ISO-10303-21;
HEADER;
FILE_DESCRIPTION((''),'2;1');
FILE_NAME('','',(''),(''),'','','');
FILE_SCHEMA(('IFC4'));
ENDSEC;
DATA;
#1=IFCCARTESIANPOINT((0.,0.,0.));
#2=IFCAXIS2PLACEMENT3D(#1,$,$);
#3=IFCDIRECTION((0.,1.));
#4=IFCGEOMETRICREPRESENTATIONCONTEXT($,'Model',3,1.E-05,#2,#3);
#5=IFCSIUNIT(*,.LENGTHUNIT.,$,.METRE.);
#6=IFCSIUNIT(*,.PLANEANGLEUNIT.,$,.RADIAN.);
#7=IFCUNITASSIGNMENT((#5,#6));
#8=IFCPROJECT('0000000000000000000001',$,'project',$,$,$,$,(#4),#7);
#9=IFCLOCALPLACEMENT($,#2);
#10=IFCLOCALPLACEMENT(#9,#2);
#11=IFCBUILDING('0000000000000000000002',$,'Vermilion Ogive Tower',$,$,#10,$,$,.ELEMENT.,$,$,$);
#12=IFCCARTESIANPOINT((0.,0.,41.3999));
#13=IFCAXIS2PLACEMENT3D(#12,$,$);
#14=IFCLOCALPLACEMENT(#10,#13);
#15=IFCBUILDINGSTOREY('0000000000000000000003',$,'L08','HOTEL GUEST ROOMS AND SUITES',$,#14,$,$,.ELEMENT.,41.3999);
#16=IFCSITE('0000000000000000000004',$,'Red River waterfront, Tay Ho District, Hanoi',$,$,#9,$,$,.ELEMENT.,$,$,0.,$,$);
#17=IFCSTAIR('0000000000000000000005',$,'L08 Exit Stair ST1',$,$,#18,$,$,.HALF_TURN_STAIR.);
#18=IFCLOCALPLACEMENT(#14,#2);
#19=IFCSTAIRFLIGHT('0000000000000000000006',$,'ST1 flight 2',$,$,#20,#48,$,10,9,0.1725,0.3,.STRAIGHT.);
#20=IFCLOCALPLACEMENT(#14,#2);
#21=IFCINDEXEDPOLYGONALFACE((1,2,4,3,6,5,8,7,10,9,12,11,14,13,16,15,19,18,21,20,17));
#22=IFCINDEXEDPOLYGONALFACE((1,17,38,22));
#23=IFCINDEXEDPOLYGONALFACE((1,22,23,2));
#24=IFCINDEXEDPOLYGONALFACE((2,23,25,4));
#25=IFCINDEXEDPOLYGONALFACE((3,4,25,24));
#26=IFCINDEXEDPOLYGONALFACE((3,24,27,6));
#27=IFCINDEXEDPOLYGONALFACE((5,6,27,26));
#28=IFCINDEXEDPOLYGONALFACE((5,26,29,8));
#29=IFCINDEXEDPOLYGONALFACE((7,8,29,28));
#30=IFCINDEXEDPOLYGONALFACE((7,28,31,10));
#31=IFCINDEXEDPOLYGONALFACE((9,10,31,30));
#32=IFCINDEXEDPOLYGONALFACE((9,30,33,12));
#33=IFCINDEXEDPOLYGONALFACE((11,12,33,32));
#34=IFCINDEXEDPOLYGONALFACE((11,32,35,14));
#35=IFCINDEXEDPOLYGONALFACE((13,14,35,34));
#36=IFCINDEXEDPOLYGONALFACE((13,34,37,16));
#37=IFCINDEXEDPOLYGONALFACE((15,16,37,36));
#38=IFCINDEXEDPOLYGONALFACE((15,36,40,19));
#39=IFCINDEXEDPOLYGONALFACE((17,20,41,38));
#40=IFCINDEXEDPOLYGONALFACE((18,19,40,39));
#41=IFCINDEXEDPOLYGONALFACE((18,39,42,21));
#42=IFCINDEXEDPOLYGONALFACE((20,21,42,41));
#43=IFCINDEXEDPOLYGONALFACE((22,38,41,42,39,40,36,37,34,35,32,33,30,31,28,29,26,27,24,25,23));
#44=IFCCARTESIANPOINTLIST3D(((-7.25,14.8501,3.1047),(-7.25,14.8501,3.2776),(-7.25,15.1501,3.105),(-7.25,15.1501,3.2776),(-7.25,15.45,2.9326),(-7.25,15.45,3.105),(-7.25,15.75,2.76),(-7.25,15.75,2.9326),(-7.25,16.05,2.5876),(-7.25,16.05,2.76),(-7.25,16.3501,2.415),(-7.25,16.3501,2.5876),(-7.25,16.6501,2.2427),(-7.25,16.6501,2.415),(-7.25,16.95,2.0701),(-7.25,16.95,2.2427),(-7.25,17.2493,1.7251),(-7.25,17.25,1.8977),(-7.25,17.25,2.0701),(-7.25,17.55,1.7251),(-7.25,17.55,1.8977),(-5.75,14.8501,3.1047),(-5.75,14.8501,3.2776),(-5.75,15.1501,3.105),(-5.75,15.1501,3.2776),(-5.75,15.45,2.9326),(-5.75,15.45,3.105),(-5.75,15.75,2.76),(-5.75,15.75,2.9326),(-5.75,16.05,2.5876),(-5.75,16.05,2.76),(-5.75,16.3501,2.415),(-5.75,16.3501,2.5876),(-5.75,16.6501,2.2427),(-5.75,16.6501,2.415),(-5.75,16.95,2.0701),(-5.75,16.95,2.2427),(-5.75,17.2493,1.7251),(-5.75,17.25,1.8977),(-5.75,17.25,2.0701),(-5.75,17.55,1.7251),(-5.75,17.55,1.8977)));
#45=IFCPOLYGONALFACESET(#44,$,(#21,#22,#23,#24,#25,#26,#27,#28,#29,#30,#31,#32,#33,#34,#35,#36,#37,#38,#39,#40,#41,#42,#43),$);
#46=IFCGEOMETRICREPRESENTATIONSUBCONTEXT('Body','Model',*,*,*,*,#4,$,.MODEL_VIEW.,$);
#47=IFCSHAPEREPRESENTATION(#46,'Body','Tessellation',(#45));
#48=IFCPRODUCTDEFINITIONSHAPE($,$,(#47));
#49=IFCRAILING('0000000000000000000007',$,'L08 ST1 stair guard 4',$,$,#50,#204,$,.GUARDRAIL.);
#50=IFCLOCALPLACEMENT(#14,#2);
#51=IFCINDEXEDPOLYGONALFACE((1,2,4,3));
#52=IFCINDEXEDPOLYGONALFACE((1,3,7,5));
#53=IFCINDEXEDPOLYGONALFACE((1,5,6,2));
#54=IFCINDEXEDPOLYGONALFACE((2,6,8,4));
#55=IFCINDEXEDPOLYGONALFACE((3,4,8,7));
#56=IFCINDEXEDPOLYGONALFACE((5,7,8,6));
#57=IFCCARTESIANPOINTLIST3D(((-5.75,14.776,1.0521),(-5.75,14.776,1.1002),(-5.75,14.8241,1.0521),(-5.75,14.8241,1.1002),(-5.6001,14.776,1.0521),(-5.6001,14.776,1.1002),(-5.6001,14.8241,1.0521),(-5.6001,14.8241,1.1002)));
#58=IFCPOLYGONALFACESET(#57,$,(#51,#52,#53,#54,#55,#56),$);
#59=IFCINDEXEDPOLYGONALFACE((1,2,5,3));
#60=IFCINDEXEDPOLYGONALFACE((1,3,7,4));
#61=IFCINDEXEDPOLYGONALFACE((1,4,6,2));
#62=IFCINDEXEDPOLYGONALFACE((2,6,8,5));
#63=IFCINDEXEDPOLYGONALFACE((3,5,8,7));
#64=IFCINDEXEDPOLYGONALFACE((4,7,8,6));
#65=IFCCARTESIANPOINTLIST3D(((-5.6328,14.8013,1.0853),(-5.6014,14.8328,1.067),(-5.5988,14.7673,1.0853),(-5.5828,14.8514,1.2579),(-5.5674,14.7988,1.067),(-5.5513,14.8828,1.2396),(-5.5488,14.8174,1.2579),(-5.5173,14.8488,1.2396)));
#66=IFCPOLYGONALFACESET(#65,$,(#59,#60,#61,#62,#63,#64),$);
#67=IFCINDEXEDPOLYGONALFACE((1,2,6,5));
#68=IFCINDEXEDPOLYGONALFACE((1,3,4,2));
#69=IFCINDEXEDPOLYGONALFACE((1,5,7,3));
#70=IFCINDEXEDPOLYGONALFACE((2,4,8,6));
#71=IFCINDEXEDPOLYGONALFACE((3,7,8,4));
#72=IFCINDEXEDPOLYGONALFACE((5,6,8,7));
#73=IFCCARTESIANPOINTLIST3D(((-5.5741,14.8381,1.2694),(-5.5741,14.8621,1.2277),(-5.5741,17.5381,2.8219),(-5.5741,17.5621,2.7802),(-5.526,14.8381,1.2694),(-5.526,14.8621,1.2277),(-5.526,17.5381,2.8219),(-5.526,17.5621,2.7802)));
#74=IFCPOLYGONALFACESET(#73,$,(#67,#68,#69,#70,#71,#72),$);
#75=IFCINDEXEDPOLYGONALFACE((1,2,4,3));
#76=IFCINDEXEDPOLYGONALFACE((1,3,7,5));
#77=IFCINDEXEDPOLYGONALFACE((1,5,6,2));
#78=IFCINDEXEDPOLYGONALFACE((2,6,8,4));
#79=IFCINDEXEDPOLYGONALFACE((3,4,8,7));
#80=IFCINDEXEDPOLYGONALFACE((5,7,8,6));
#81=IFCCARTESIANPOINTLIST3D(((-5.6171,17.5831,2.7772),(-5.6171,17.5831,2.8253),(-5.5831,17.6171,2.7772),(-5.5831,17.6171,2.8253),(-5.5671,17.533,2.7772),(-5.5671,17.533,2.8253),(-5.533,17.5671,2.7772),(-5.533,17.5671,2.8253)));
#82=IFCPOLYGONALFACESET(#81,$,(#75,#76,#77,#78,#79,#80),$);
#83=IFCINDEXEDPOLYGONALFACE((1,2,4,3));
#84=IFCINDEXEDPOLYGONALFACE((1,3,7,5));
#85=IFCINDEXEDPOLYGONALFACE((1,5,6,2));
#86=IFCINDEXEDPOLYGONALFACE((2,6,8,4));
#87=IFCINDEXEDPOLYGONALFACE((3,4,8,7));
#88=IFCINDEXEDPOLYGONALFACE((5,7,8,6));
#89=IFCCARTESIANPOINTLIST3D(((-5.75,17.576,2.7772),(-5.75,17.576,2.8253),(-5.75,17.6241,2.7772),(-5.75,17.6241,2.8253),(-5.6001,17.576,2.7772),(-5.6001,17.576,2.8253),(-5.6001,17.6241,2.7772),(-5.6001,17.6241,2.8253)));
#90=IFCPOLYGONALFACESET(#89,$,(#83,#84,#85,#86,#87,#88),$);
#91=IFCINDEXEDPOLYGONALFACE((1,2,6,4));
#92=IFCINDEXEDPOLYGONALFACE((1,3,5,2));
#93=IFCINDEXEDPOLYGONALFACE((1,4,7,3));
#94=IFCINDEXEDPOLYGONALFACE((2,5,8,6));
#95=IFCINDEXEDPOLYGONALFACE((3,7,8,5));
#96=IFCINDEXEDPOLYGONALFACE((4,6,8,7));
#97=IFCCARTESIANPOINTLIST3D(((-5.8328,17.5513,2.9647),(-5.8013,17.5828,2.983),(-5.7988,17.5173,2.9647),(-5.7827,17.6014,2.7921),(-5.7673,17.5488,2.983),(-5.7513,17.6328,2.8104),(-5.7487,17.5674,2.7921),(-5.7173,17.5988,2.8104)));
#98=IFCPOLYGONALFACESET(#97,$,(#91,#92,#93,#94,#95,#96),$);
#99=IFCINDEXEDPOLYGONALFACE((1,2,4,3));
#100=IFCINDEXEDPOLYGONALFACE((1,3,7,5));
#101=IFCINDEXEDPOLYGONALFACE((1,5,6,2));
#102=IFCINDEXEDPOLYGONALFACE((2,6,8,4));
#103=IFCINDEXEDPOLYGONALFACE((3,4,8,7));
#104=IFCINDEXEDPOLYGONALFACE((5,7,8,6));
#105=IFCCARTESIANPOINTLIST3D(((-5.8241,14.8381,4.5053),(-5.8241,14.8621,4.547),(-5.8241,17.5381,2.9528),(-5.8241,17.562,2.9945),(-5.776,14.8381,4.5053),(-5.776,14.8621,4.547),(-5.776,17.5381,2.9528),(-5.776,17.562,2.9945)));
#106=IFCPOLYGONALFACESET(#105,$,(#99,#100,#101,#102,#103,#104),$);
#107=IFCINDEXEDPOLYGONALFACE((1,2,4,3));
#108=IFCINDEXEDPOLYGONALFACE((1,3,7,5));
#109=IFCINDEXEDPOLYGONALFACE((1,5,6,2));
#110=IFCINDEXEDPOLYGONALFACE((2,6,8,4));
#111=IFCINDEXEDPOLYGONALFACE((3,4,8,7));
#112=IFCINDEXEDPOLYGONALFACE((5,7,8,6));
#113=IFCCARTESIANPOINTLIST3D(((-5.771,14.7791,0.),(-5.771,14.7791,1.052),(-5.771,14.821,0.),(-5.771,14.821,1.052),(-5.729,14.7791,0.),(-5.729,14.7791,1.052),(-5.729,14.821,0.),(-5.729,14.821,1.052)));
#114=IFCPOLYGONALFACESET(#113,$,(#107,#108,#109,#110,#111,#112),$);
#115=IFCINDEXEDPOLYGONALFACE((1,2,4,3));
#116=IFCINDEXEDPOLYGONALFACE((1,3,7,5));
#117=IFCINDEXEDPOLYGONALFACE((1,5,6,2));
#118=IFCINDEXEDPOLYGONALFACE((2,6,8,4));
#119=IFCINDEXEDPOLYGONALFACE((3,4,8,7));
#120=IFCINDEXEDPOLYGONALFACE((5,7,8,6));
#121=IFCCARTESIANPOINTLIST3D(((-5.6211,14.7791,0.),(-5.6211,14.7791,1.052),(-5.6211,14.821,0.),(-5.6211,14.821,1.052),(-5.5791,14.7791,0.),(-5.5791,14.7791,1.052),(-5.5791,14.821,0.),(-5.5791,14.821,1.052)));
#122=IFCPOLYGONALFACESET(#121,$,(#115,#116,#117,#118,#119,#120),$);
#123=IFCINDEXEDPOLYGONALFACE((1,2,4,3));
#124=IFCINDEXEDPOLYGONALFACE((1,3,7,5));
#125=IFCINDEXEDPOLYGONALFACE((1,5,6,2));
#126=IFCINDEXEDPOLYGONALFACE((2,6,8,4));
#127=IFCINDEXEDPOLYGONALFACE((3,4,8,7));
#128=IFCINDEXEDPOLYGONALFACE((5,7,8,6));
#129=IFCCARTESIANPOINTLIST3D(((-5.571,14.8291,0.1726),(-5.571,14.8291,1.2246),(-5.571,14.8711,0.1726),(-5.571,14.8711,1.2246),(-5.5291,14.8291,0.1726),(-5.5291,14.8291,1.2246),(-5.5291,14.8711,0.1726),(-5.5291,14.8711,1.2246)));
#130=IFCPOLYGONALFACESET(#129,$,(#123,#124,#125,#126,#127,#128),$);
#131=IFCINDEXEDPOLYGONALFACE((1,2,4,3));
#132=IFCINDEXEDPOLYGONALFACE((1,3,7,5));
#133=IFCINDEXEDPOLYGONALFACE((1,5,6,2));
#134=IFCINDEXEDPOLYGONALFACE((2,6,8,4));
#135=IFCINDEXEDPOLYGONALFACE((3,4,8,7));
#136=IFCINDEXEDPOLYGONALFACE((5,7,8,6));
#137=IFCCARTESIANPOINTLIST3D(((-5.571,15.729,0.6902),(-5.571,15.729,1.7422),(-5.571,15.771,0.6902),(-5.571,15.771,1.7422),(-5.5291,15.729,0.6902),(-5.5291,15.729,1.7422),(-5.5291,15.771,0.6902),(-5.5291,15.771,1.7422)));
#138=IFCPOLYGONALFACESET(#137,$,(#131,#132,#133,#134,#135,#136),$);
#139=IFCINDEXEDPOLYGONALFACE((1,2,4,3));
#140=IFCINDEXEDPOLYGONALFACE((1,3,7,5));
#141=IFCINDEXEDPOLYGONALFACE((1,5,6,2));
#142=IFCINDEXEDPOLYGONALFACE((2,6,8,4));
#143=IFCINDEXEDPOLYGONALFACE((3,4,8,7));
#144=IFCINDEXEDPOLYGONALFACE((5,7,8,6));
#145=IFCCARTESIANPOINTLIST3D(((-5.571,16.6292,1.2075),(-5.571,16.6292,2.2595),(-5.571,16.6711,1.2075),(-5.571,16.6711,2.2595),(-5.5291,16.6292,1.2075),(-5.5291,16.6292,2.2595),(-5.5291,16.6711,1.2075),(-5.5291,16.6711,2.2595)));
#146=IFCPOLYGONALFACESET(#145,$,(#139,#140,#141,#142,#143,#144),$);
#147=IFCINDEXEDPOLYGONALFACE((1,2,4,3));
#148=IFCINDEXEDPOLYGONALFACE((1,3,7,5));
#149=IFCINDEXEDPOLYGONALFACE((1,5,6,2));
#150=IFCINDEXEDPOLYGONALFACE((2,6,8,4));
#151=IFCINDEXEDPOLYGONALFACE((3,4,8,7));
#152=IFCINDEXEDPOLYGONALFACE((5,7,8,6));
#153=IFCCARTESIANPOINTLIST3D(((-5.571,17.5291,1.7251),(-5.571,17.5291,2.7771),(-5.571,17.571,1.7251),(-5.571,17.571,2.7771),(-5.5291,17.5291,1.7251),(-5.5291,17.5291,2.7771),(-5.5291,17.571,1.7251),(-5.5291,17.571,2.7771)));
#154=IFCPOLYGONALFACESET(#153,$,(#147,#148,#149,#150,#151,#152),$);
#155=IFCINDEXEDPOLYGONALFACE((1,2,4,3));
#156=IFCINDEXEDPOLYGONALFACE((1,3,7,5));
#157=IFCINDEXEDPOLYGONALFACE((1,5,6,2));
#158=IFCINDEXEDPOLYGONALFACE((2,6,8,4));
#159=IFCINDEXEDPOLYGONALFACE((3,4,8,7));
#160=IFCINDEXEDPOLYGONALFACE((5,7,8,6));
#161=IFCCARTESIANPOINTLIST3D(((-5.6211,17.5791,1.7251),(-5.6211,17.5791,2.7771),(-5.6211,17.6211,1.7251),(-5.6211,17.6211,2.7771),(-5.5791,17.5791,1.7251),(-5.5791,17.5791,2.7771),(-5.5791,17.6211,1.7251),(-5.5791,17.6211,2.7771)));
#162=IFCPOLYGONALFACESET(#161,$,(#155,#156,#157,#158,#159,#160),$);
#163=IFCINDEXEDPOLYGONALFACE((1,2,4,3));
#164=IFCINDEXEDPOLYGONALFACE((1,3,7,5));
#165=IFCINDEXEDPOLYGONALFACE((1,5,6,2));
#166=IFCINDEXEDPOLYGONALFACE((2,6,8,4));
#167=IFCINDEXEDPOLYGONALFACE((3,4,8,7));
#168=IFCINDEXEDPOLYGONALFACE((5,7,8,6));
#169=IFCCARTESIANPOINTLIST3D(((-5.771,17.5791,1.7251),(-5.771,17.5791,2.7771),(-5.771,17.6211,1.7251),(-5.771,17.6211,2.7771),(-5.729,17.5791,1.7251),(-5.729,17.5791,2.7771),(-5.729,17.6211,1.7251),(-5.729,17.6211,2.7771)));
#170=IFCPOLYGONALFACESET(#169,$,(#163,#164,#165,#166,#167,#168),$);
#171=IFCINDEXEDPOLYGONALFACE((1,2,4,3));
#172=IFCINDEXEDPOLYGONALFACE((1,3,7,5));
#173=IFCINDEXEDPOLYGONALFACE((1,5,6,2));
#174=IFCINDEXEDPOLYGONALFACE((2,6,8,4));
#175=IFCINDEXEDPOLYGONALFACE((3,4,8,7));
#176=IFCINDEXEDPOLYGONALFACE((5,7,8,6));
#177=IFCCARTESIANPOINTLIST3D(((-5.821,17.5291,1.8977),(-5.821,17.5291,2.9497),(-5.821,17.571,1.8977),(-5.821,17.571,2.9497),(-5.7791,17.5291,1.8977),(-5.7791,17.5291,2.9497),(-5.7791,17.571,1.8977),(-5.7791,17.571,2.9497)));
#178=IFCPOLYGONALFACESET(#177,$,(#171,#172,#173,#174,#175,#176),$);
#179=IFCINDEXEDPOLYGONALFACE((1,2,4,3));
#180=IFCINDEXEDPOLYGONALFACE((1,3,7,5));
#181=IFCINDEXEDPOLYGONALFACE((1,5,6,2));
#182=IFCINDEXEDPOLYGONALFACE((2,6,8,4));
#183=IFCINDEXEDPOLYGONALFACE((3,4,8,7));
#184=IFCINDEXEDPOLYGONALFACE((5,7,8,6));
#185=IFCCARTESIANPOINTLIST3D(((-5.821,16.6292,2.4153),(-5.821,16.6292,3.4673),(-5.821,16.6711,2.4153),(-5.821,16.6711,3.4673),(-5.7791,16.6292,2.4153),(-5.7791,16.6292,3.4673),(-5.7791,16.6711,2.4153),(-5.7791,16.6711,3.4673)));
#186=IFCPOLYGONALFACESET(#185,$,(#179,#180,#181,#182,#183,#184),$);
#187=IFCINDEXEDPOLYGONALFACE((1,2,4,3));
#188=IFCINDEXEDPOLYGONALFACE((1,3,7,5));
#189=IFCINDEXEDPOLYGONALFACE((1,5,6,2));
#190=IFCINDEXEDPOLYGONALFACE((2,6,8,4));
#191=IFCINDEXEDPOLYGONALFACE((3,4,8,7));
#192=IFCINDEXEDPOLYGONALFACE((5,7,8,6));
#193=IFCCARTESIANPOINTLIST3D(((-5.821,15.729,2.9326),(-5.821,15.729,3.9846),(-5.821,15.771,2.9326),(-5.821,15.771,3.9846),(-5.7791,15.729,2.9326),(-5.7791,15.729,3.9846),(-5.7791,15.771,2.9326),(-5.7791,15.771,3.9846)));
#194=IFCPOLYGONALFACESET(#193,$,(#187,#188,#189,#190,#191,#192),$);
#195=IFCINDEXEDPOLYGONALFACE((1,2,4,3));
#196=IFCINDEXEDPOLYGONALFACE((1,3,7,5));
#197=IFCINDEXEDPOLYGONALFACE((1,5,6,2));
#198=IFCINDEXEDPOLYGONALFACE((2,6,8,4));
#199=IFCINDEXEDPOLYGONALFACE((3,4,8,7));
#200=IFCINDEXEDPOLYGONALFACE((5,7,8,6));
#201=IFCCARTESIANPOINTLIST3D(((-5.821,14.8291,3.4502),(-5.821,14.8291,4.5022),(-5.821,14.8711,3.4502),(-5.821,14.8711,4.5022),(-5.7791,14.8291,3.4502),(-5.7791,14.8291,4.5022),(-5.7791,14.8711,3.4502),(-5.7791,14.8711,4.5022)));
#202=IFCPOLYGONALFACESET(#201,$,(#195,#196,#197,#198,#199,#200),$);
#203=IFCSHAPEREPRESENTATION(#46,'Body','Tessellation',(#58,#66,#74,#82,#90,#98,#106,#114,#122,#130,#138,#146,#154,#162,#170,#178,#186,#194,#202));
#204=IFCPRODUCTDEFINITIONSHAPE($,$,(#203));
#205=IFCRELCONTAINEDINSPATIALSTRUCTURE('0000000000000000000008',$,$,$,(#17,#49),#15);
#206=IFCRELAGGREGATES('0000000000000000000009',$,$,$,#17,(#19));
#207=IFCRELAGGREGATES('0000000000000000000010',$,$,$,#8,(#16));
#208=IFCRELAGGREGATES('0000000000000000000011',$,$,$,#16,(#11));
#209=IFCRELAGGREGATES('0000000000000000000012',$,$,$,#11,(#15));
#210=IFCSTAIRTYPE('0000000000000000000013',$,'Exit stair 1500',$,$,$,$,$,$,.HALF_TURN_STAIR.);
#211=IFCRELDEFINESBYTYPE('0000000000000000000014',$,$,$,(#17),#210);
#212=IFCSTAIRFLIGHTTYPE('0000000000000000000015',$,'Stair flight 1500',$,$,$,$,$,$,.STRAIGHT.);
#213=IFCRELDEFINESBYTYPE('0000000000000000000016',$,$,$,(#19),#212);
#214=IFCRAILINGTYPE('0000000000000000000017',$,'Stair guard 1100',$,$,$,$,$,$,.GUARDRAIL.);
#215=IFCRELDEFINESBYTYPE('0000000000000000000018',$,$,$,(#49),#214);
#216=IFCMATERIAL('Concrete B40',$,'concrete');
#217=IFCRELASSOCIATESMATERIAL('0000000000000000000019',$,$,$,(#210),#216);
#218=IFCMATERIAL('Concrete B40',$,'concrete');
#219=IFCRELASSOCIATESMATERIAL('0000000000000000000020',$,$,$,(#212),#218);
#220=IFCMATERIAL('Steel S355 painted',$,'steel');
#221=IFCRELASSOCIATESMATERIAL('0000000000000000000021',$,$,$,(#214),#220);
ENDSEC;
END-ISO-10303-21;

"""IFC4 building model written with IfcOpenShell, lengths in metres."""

from ifc_helpers import new_model, si_unit, direction, frame, origin, origin_2d, place, context, subcontext, project, spatial, polyline, rectangle, outline, extrude, material, type_object, element, aggregate, save


model = new_model("IFC4")

# Units and contexts
model_context = context("Model", 3, precision=1e-05, world=origin(), true_north=direction((0.0, 1.0)))
body_context = subcontext(model_context, "Body", "Model", "MODEL_VIEW")
ifc_project = project(units=[si_unit("LENGTHUNIT", "METRE"), si_unit("PLANEANGLEUNIT", "RADIAN")], contexts=[model_context])

# Site, building, storey
site_placement = place(None, origin())
site = spatial("IfcSite", under=ifc_project, at=site_placement, Name="Red River waterfront, Tay Ho District, Hanoi", CompositionType="ELEMENT", RefElevation=0.0)
building_placement = place(site_placement, origin())
building = spatial("IfcBuilding", under=site, at=building_placement, Name="Vermilion Ogive Tower", CompositionType="ELEMENT")
storey_placement = place(building_placement, frame((0.0, 0.0, 41.3999)))
storey = spatial("IfcBuildingStorey", under=building, at=storey_placement, Name="L08", Description="HOTEL GUEST ROOMS AND SUITES", CompositionType="ELEMENT", Elevation=41.3999)

# Stair, stair flight
ifc_material_1 = material(Name="Concrete B40", Category="concrete")
stair_type = type_object("IfcStairType", Name="Exit stair 1500", PredefinedType="HALF_TURN_STAIR", material=ifc_material_1)
stair_placement = place(storey_placement, origin())
stair = element("IfcStair", 1, at=stair_placement, inside=storey, type_object=stair_type, Name="L08 Exit Stair ST1", PredefinedType="HALF_TURN_STAIR")
ifc_material_2 = material(Name="Concrete B40", Category="concrete")
stair_flight_type = type_object("IfcStairFlightType", Name="Stair flight 1500", PredefinedType="STRAIGHT", material=ifc_material_2)
stair_flight_1_placement = place(storey_placement, frame((-6.5, 17.55, 1.7251), z_axis=(0.0, 0.0, 1.0), x_axis=(0.0, -1.0, 0.0)))
stair_flight_1 = element("IfcStairFlight", 2, at=stair_flight_1_placement, type_object=stair_flight_type, Name="ST1 flight 2", NumberOfRisers=10, NumberOfTreads=9, PredefinedType="STRAIGHT", RiserHeight=0.1725, TreadLength=0.3, context=body_context, shape_type="SweptSolid", body=[
    extrude(outline(polyline([(0.0, 0.0), (0.0, 0.1726), (0.3, 0.1726), (0.3, 0.345), (0.6001, 0.345), (0.6001, 0.5176), (0.8999, 0.5176), (0.8999, 0.6899), (1.2, 0.6899), (1.2, 0.8625), (1.5, 0.8625), (1.5, 1.0349), (1.8, 1.0349), (1.8, 1.2075), (2.1001, 1.2075), (2.1001, 1.3799), (2.3999, 1.3799), (2.3999, 1.5525), (2.7, 1.5525), (2.7, 1.7251), (2.7, 1.3796), (0.3008, 0.0), (0.0, 0.0)])), frame((0.0, 0.75, 0.0), z_axis=(0.0, -1.0, 0.0), x_axis=(1.0, 0.0, 0.0)), (0.0, 0.0, 1.0), 1.5),
])
aggregate(stair, [stair_flight_1])

# Railing
ifc_material_3 = material(Name="Steel S355 painted", Category="steel")
railing_type_1 = type_object("IfcRailingType", Name="Stair guard 1100", PredefinedType="GUARDRAIL", material=ifc_material_3)
railing_1_placement = place(storey_placement, frame((-5.75, 14.8, 0.0)))
element("IfcRailing", 3, at=railing_1_placement, inside=storey, type_object=railing_type_1, Name="L08 ST1 stair guard 4", PredefinedType="GUARDRAIL", context=body_context, shape_type="SweptSolid", body=[
    extrude(rectangle(XDim=0.0481, YDim=0.0481, at=origin_2d()), frame((0.0, 0.0, 1.0762), z_axis=(1.0, 0.0, 0.0), x_axis=(0.0, 1.0, 0.0)), (0.0, 0.0, 1.0), 0.1499),
    extrude(rectangle(XDim=0.0481, YDim=0.0481, at=origin_2d()), frame((0.1499, 0.0, 1.0762), z_axis=(0.268278, 0.268278, 0.925232), x_axis=(-0.707107, 0.707107, 0.0)), (0.0, 0.0, 1.0), 0.1865),
    extrude(rectangle(XDim=0.0481, YDim=0.0481, at=origin_2d()), frame((0.2, 0.05, 1.2485), z_axis=(0.0, 0.866904, 0.498476), x_axis=(-1.0, 0.0, 0.0)), (0.0, 0.0, 1.0), 3.1145),
    extrude(rectangle(XDim=0.0481, YDim=0.0481, at=origin_2d()), frame((0.2, 2.75, 2.8013), z_axis=(-0.707107, 0.707107, 0.0), x_axis=(-0.707107, -0.707107, 0.0)), (0.0, 0.0, 1.0), 0.0708),
    extrude(rectangle(XDim=0.0481, YDim=0.0481, at=origin_2d()), frame((0.1499, 2.8, 2.8013), z_axis=(-1.0, 0.0, 0.0), x_axis=(0.0, -1.0, 0.0)), (0.0, 0.0, 1.0), 0.1499),
    extrude(rectangle(XDim=0.0481, YDim=0.0481, at=origin_2d()), frame((0.0, 2.8, 2.8013), z_axis=(-0.268278, -0.268278, 0.925232), x_axis=(0.707107, -0.707107, 0.0)), (0.0, 0.0, 1.0), 0.1865),
    extrude(rectangle(XDim=0.0481, YDim=0.0481, at=origin_2d()), frame((-0.05, 2.75, 2.9736), z_axis=(0.0, -0.866904, 0.498476), x_axis=(1.0, 0.0, 0.0)), (0.0, 0.0, 1.0), 3.1145),
    extrude(rectangle(XDim=0.042, YDim=0.042, at=origin_2d()), origin(), (0.0, 0.0, 1.0), 1.052),
    extrude(rectangle(XDim=0.042, YDim=0.042, at=origin_2d()), frame((0.1499, 0.0, 0.0)), (0.0, 0.0, 1.0), 1.052),
    extrude(rectangle(XDim=0.042, YDim=0.042, at=origin_2d()), frame((0.2, 0.05, 0.1726)), (0.0, 0.0, 1.0), 1.052),
    extrude(rectangle(XDim=0.042, YDim=0.042, at=origin_2d()), frame((0.2, 0.95, 0.6902)), (0.0, 0.0, 1.0), 1.052),
    extrude(rectangle(XDim=0.042, YDim=0.042, at=origin_2d()), frame((0.2, 1.8501, 1.2075)), (0.0, 0.0, 1.0), 1.052),
    extrude(rectangle(XDim=0.042, YDim=0.042, at=origin_2d()), frame((0.2, 2.75, 1.7251)), (0.0, 0.0, 1.0), 1.052),
    extrude(rectangle(XDim=0.042, YDim=0.042, at=origin_2d()), frame((0.1499, 2.8, 1.7251)), (0.0, 0.0, 1.0), 1.052),
    extrude(rectangle(XDim=0.042, YDim=0.042, at=origin_2d()), frame((0.0, 2.8, 1.7251)), (0.0, 0.0, 1.0), 1.052),
    extrude(rectangle(XDim=0.042, YDim=0.042, at=origin_2d()), frame((-0.05, 2.75, 1.8977)), (0.0, 0.0, 1.0), 1.052),
    extrude(rectangle(XDim=0.042, YDim=0.042, at=origin_2d()), frame((-0.05, 1.8501, 2.4153)), (0.0, 0.0, 1.0), 1.052),
    extrude(rectangle(XDim=0.042, YDim=0.042, at=origin_2d()), frame((-0.05, 0.95, 2.9326)), (0.0, 0.0, 1.0), 1.052),
    extrude(rectangle(XDim=0.042, YDim=0.042, at=origin_2d()), frame((-0.05, 0.05, 3.4502)), (0.0, 0.0, 1.0), 1.052),
])

save(model, "model.ifc")
